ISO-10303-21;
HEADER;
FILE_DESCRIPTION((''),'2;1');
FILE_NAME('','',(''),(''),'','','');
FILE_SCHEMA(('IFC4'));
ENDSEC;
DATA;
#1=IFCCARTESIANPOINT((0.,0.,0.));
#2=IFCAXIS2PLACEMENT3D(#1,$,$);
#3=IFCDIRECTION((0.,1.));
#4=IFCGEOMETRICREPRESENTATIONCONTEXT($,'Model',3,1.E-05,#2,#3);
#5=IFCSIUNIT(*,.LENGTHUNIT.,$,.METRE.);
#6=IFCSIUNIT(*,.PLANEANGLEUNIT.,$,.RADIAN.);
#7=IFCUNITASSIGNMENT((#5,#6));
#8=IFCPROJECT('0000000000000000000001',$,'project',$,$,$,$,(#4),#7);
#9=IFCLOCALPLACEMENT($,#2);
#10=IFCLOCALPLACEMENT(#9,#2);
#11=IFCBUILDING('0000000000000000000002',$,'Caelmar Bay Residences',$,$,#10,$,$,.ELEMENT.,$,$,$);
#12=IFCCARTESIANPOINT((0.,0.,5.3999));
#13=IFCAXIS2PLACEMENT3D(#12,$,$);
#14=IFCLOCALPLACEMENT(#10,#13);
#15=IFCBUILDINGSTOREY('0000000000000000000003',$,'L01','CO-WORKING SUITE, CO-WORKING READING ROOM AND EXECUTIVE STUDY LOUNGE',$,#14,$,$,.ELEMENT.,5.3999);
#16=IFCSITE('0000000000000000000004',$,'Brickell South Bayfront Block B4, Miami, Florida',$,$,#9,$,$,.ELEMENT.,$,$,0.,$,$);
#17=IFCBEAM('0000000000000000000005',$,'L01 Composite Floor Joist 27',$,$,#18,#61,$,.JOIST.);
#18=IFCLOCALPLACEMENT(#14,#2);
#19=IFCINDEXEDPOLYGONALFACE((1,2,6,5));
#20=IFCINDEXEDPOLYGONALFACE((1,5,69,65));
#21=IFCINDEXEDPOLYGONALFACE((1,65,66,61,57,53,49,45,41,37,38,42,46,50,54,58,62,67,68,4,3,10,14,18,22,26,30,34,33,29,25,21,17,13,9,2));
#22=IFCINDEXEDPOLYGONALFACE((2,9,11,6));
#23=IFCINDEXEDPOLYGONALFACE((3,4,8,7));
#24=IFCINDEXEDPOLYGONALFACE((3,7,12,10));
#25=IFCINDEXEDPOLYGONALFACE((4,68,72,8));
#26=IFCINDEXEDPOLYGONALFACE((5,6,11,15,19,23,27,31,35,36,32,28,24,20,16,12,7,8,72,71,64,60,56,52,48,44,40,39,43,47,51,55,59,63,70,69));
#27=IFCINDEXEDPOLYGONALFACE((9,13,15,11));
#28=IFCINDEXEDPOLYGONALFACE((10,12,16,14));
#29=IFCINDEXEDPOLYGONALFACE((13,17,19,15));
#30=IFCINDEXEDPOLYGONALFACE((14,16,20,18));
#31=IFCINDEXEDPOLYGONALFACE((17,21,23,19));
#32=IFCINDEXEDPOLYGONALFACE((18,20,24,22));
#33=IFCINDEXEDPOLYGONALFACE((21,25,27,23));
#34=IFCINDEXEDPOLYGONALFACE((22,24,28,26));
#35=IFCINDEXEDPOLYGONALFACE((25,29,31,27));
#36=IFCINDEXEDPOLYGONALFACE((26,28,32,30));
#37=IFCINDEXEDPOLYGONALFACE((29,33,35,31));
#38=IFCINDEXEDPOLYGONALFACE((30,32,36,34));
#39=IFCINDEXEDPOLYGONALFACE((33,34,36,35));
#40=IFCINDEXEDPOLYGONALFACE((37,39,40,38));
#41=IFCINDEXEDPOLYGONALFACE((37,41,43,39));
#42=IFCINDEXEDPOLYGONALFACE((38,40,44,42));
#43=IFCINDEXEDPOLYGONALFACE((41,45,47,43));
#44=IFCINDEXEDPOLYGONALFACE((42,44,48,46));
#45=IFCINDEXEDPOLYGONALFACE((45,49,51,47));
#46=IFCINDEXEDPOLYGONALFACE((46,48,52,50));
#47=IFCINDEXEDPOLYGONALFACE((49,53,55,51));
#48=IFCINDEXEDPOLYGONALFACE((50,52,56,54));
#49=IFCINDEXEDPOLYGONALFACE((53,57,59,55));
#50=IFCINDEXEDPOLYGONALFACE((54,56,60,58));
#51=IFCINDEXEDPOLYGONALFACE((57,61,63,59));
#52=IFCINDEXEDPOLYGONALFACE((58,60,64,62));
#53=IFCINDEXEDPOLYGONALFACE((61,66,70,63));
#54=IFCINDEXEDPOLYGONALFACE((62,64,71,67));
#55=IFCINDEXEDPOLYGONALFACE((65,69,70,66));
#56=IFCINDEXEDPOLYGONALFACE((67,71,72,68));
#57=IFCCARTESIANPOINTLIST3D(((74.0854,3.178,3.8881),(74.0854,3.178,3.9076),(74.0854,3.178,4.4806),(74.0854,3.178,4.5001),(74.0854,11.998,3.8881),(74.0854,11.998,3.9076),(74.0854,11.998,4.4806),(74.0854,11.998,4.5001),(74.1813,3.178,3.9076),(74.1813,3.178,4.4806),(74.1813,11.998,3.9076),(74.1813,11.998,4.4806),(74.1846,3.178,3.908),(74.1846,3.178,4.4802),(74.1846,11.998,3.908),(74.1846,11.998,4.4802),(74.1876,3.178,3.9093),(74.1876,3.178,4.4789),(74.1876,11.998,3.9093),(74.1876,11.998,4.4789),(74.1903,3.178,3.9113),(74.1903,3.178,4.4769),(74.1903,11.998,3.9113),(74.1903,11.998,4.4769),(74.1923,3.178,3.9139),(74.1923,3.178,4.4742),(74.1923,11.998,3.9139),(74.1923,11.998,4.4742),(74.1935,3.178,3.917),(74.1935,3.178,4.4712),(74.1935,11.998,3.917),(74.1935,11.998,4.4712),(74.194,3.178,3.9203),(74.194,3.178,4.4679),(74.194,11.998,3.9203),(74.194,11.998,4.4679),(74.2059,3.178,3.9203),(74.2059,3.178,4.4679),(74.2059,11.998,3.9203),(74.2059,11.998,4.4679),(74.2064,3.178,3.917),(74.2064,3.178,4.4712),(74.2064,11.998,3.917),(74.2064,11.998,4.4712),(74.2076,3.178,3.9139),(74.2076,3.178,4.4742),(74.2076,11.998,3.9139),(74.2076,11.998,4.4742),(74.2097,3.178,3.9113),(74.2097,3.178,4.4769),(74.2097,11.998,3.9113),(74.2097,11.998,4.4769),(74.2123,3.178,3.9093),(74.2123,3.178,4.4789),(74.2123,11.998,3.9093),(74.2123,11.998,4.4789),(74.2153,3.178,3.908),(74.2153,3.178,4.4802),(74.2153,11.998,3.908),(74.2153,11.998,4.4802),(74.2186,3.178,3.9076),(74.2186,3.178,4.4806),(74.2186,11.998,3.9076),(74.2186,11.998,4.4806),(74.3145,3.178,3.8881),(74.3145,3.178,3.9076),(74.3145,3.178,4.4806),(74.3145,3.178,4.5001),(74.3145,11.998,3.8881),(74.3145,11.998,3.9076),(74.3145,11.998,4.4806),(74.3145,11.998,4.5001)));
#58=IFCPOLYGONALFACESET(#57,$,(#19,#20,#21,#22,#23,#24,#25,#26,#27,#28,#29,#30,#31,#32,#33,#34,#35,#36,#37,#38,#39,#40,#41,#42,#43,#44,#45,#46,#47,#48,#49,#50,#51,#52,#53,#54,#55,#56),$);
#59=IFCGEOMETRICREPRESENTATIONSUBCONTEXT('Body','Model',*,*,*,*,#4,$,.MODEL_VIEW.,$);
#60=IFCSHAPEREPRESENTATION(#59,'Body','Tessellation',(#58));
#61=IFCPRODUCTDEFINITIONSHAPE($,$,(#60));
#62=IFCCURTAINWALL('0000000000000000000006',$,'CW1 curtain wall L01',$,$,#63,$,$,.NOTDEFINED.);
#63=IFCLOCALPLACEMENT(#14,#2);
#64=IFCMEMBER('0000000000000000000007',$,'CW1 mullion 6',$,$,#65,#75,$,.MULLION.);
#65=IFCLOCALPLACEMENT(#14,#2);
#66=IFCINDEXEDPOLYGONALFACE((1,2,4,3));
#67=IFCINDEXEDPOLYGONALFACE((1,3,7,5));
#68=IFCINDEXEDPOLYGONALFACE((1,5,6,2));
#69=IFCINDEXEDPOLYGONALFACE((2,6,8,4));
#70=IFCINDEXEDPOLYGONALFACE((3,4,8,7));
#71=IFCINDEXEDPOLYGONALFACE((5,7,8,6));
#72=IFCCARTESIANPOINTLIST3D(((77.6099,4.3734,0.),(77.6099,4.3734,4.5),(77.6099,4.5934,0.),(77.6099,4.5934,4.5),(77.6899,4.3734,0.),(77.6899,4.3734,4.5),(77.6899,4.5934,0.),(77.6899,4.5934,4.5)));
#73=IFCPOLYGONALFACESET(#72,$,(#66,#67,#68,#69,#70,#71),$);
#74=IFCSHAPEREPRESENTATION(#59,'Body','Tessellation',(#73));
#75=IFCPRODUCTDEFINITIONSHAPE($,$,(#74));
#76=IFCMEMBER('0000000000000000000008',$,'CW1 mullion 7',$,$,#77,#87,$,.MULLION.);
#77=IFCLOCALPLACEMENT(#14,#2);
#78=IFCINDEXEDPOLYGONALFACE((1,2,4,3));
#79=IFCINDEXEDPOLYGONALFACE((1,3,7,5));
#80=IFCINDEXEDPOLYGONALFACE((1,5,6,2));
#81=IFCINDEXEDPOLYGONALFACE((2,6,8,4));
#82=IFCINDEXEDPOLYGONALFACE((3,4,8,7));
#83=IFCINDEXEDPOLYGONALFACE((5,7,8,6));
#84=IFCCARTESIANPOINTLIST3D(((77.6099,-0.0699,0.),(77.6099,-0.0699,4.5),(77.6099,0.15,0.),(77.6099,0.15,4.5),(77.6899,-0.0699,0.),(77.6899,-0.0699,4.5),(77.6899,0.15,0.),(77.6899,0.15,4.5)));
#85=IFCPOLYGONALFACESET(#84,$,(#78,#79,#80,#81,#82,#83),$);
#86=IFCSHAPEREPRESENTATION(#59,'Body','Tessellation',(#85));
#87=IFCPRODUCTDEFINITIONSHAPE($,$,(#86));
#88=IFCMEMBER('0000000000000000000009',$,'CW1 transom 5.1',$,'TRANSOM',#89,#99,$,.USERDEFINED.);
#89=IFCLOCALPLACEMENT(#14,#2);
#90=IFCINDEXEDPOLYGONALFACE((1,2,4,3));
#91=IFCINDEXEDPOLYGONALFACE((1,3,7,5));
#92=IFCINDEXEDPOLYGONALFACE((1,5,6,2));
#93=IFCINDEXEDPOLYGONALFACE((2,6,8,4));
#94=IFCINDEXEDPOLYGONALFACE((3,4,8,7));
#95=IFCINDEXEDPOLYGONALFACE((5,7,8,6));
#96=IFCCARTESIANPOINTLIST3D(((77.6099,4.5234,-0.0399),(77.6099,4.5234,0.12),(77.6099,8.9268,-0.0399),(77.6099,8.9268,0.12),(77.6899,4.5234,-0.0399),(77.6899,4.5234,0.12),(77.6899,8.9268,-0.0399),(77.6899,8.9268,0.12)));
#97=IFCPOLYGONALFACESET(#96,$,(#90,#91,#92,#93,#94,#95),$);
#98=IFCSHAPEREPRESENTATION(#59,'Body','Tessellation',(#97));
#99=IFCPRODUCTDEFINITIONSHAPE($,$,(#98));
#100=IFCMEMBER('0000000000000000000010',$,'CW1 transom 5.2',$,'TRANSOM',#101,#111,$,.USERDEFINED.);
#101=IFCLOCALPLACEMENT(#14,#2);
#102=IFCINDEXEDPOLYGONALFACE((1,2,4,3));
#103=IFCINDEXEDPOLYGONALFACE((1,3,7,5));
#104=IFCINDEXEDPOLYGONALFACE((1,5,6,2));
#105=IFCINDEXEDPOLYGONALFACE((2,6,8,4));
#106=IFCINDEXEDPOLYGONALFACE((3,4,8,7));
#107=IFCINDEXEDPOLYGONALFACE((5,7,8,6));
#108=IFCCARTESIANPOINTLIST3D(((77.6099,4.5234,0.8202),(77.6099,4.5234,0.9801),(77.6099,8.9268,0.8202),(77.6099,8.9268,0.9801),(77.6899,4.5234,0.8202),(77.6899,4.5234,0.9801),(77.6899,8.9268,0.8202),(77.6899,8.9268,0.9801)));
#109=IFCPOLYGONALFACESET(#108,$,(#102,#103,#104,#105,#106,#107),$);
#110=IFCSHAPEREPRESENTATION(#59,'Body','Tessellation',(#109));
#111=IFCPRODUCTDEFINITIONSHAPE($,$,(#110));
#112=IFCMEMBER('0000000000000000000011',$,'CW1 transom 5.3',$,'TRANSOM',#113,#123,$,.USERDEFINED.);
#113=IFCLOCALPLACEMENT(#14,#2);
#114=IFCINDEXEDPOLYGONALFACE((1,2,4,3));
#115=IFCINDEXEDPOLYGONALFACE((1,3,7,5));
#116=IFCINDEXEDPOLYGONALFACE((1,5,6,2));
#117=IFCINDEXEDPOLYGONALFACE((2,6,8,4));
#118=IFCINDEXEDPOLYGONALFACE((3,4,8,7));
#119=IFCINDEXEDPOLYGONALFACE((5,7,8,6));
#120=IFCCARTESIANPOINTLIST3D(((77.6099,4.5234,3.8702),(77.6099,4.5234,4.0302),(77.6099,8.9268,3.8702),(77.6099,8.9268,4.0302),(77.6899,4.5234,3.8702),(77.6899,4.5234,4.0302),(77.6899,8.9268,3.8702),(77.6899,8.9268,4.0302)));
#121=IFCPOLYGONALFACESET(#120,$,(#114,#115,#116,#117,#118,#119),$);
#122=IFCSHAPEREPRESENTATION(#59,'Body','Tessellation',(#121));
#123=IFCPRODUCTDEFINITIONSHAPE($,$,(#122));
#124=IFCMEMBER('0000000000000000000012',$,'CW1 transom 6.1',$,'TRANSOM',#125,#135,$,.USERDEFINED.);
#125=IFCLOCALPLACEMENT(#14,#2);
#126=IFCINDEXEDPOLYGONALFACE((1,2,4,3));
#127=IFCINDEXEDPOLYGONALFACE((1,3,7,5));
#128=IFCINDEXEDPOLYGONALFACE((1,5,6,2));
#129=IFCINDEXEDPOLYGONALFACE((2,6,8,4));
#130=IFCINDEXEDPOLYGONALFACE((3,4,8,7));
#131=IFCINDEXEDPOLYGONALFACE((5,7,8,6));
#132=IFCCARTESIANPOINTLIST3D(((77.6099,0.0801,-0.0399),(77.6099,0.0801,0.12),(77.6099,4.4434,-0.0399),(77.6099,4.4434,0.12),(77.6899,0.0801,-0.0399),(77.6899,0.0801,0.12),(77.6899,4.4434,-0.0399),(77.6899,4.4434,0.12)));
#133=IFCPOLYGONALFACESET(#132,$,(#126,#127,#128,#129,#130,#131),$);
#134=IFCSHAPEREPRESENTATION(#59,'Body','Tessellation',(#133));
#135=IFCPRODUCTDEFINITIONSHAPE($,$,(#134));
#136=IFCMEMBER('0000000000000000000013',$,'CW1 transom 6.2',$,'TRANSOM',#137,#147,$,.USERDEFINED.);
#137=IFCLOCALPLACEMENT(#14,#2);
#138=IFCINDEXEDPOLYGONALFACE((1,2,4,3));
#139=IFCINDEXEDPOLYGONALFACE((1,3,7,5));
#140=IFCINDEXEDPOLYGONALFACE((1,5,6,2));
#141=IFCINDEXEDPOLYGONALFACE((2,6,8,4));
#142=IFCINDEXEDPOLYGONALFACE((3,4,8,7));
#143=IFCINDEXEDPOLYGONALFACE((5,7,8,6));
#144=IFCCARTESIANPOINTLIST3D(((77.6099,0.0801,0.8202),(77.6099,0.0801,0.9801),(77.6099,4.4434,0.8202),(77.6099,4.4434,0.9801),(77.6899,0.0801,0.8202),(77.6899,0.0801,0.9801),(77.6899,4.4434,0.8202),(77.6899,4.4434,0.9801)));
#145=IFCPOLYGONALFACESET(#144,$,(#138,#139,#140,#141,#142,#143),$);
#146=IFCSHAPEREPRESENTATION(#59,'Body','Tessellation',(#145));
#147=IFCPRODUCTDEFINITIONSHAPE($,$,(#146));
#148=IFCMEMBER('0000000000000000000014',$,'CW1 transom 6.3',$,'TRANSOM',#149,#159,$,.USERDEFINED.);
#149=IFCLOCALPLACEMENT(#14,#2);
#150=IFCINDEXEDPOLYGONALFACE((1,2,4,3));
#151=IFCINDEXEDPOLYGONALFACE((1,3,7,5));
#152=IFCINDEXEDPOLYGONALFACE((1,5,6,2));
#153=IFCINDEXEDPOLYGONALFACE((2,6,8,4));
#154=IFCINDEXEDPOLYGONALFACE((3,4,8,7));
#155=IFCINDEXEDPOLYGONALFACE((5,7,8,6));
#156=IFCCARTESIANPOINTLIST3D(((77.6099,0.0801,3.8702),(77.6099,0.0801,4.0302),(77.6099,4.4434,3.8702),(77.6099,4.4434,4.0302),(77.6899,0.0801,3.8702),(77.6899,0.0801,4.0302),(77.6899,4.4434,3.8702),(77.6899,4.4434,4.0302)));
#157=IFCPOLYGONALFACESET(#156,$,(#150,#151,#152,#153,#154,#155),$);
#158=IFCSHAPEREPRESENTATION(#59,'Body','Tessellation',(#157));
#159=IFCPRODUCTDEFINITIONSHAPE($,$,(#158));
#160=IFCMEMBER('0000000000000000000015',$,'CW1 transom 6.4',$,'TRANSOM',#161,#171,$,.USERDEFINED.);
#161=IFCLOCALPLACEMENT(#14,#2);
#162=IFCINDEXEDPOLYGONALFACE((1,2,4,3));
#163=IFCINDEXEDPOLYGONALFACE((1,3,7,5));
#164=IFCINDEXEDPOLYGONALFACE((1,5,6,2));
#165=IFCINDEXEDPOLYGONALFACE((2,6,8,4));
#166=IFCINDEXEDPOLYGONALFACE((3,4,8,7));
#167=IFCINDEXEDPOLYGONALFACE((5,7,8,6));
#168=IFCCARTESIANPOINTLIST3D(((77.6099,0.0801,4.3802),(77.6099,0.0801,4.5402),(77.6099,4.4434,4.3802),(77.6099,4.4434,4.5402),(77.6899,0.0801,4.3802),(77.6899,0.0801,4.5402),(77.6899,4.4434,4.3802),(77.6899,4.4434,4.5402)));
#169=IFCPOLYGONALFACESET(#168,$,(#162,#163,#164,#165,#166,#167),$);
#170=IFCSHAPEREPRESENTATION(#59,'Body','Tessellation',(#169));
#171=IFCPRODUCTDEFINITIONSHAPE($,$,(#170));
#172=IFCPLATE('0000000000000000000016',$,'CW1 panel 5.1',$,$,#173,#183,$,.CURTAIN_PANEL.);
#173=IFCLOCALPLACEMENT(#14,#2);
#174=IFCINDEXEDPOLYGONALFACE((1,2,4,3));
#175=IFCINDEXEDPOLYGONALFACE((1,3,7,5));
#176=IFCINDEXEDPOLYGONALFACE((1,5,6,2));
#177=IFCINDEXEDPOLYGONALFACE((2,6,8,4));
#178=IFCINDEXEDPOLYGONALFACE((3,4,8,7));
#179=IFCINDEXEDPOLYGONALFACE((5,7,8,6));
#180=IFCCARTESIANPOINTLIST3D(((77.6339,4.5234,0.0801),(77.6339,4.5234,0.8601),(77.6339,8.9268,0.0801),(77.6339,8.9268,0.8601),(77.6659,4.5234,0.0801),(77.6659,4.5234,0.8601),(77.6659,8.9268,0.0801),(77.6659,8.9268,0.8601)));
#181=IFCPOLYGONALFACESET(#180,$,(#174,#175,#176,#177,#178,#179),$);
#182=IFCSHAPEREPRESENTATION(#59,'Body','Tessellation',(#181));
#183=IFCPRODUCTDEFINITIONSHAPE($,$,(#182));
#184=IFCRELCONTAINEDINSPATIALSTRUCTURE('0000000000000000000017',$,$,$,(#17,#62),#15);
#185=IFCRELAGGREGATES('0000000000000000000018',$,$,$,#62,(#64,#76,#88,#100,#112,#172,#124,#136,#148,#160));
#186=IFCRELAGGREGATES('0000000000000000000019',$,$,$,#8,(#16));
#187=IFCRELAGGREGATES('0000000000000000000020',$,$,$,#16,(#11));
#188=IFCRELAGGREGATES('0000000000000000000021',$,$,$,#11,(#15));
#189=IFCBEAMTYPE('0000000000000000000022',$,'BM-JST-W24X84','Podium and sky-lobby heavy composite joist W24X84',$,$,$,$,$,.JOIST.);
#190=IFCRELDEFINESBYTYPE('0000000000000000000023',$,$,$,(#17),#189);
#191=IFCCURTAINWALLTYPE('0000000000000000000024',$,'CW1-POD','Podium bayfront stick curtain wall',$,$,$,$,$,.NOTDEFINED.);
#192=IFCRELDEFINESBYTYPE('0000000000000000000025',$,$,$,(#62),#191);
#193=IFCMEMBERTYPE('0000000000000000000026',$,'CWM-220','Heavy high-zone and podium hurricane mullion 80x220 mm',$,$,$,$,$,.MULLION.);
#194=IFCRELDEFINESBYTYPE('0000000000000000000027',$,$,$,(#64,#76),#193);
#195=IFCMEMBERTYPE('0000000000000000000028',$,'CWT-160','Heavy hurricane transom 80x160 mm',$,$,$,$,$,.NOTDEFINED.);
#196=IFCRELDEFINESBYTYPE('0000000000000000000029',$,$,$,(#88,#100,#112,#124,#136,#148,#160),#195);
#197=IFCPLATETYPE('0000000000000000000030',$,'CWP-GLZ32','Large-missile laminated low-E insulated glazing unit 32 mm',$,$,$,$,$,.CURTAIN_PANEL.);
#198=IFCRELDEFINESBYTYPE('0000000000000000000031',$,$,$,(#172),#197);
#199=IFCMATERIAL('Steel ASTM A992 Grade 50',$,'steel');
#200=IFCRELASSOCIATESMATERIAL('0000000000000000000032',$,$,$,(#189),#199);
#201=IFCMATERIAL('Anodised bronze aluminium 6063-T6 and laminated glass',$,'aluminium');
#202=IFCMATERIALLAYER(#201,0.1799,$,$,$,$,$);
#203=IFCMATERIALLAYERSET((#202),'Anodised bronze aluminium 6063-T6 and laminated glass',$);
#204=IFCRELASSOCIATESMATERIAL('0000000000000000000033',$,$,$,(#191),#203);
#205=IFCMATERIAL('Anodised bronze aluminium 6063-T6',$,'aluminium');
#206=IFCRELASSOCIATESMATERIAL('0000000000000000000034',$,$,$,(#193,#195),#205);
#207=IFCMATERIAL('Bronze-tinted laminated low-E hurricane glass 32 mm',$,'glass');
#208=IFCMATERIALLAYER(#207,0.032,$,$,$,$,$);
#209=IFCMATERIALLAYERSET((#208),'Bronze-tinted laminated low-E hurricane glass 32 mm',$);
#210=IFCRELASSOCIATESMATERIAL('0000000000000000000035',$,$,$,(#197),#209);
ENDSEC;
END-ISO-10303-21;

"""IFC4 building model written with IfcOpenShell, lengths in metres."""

from ifc_helpers import new_model, si_unit, direction, frame, origin, origin_2d, place, context, subcontext, project, spatial, rectangle, i_section, extrude, material, layer, layer_set, material_profile, profile_set, type_object, element, aggregate, save


model = new_model("IFC4")

# Units and contexts
model_context = context("Model", 3, precision=1e-05, world=origin(), true_north=direction((0.0, 1.0)))
body_context = subcontext(model_context, "Body", "Model", "MODEL_VIEW")
ifc_project = project(units=[si_unit("LENGTHUNIT", "METRE"), si_unit("PLANEANGLEUNIT", "RADIAN")], contexts=[model_context])

# Site, building, storey
site_placement = place(None, origin())
site = spatial("IfcSite", under=ifc_project, at=site_placement, Name="Brickell South Bayfront Block B4, Miami, Florida", CompositionType="ELEMENT", RefElevation=0.0)
building_placement = place(site_placement, origin())
building = spatial("IfcBuilding", under=site, at=building_placement, Name="Caelmar Bay Residences", CompositionType="ELEMENT")
storey_placement = place(building_placement, frame((0.0, 0.0, 5.3999)))
storey = spatial("IfcBuildingStorey", under=building, at=storey_placement, Name="L01", Description="CO-WORKING SUITE, CO-WORKING READING ROOM AND EXECUTIVE STUDY LOUNGE", CompositionType="ELEMENT", Elevation=5.3999)

# Beam
ifc_material_1 = material(Name="Steel ASTM A992 Grade 50", Category="steel")
ifc_material_profile_1 = material_profile(ifc_material_1, i_section(OverallWidth=0.229, OverallDepth=0.6121, WebThickness=0.012, FlangeThickness=0.0195, FilletRadius=0.0127, at=origin_2d()), Name="W24X84")
ifc_profile_set_1 = profile_set([ifc_material_profile_1], Name="Steel ASTM A992 Grade 50")
beam_type_1 = type_object("IfcBeamType", Name="BM-JST-W24X84", Description="Podium and sky-lobby heavy composite joist W24X84", PredefinedType="JOIST", material=ifc_profile_set_1)
for number, where, z_axis, x_axis, name in (
    (1, (74.2, 3.178, 4.1941), (0.0, 1.0, 0.0), (-1.0, 0.0, 0.0), "L01 Composite Floor Joist 27"),
):
    element("IfcBeam", number, at=place(storey_placement, frame(where, z_axis=z_axis, x_axis=x_axis)), inside=storey, type_object=beam_type_1, Name=name, PredefinedType="JOIST", context=body_context, shape_type="SweptSolid", body=[
        extrude(i_section(OverallWidth=0.229, OverallDepth=0.6121, WebThickness=0.012, FlangeThickness=0.0195, FilletRadius=0.0127, at=origin_2d()), origin(), (0.0, 0.0, 1.0), 8.8201),
    ])

# Curtain wall, members, plate
ifc_material_2 = material(Name="Anodised bronze aluminium 6063-T6 and laminated glass", Category="aluminium")
ifc_layer_1 = layer(ifc_material_2, 0.1799)
ifc_layer_set_1 = layer_set([ifc_layer_1], Name="Anodised bronze aluminium 6063-T6 and laminated glass")
curtain_wall_type = type_object("IfcCurtainWallType", Name="CW1-POD", Description="Podium bayfront stick curtain wall", PredefinedType="NOTDEFINED", material=ifc_layer_set_1)
curtain_wall_placement = place(storey_placement, origin())
curtain_wall = element("IfcCurtainWall", 2, at=curtain_wall_placement, inside=storey, type_object=curtain_wall_type, Name="CW1 curtain wall L01", PredefinedType="NOTDEFINED")
ifc_material_3 = material(Name="Anodised bronze aluminium 6063-T6", Category="aluminium")
ifc_material_profile_2 = material_profile(ifc_material_3, rectangle(XDim=0.0801, YDim=0.22, at=origin_2d()), Name="CWM-80X220")
ifc_profile_set_2 = profile_set([ifc_material_profile_2], Name="Anodised bronze aluminium 6063-T6")
member_type_1 = type_object("IfcMemberType", Name="CWM-220", Description="Heavy high-zone and podium hurricane mullion 80x220 mm", PredefinedType="MULLION", material=ifc_profile_set_2)
member_1_placement = place(storey_placement, frame((77.6499, 4.4834, 0.0), z_axis=(0.0, 0.0, 1.0), x_axis=(1.0, 0.0, 0.0)))
member_1 = element("IfcMember", 3, at=member_1_placement, type_object=member_type_1, Name="CW1 mullion 6", PredefinedType="MULLION", context=body_context, shape_type="SweptSolid", body=[
    extrude(rectangle(XDim=0.0801, YDim=0.22, at=origin_2d()), origin(), (0.0, 0.0, 1.0), 4.5),
])
member_2_placement = place(storey_placement, frame((77.6499, 0.04, 0.0), z_axis=(0.0, 0.0, 1.0), x_axis=(1.0, 0.0, 0.0)))
member_2 = element("IfcMember", 4, at=member_2_placement, type_object=member_type_1, Name="CW1 mullion 7", PredefinedType="MULLION", context=body_context, shape_type="SweptSolid", body=[
    extrude(rectangle(XDim=0.0801, YDim=0.22, at=origin_2d()), origin(), (0.0, 0.0, 1.0), 4.5),
])
ifc_material_profile_3 = material_profile(ifc_material_3, rectangle(XDim=0.0801, YDim=0.1599, at=origin_2d()), Name="CWT-80X160")
ifc_profile_set_3 = profile_set([ifc_material_profile_3], Name="Anodised bronze aluminium 6063-T6")
member_type_2 = type_object("IfcMemberType", Name="CWT-160", Description="Heavy hurricane transom 80x160 mm", PredefinedType="NOTDEFINED", material=ifc_profile_set_3)
member_3_placement = place(storey_placement, frame((77.6499, 8.9268, 0.04), z_axis=(0.0, -1.0, 0.0), x_axis=(1.0, 0.0, 0.0)))
member_3 = element("IfcMember", 5, at=member_3_placement, type_object=member_type_2, Name="CW1 transom 5.1", ObjectType="TRANSOM", PredefinedType="USERDEFINED", context=body_context, shape_type="SweptSolid", body=[
    extrude(rectangle(XDim=0.0801, YDim=0.1599, at=origin_2d()), origin(), (0.0, 0.0, 1.0), 4.4033),
])
member_4_placement = place(storey_placement, frame((77.6499, 8.9268, 0.9001), z_axis=(0.0, -1.0, 0.0), x_axis=(1.0, 0.0, 0.0)))
member_4 = element("IfcMember", 6, at=member_4_placement, type_object=member_type_2, Name="CW1 transom 5.2", ObjectType="TRANSOM", PredefinedType="USERDEFINED", context=body_context, shape_type="SweptSolid", body=[
    extrude(rectangle(XDim=0.0801, YDim=0.1599, at=origin_2d()), origin(), (0.0, 0.0, 1.0), 4.4033),
])
member_5_placement = place(storey_placement, frame((77.6499, 8.9268, 3.9502), z_axis=(0.0, -1.0, 0.0), x_axis=(1.0, 0.0, 0.0)))
member_5 = element("IfcMember", 7, at=member_5_placement, type_object=member_type_2, Name="CW1 transom 5.3", ObjectType="TRANSOM", PredefinedType="USERDEFINED", context=body_context, shape_type="SweptSolid", body=[
    extrude(rectangle(XDim=0.0801, YDim=0.1599, at=origin_2d()), origin(), (0.0, 0.0, 1.0), 4.4033),
])
member_6_placement = place(storey_placement, frame((77.6499, 4.4434, 0.04), z_axis=(0.0, -1.0, 0.0), x_axis=(1.0, 0.0, 0.0)))
member_6 = element("IfcMember", 8, at=member_6_placement, type_object=member_type_2, Name="CW1 transom 6.1", ObjectType="TRANSOM", PredefinedType="USERDEFINED", context=body_context, shape_type="SweptSolid", body=[
    extrude(rectangle(XDim=0.0801, YDim=0.1599, at=origin_2d()), origin(), (0.0, 0.0, 1.0), 4.3633),
])
member_7_placement = place(storey_placement, frame((77.6499, 4.4434, 0.9001), z_axis=(0.0, -1.0, 0.0), x_axis=(1.0, 0.0, 0.0)))
member_7 = element("IfcMember", 9, at=member_7_placement, type_object=member_type_2, Name="CW1 transom 6.2", ObjectType="TRANSOM", PredefinedType="USERDEFINED", context=body_context, shape_type="SweptSolid", body=[
    extrude(rectangle(XDim=0.0801, YDim=0.1599, at=origin_2d()), origin(), (0.0, 0.0, 1.0), 4.3633),
])
member_8_placement = place(storey_placement, frame((77.6499, 4.4434, 3.9502), z_axis=(0.0, -1.0, 0.0), x_axis=(1.0, 0.0, 0.0)))
member_8 = element("IfcMember", 10, at=member_8_placement, type_object=member_type_2, Name="CW1 transom 6.3", ObjectType="TRANSOM", PredefinedType="USERDEFINED", context=body_context, shape_type="SweptSolid", body=[
    extrude(rectangle(XDim=0.0801, YDim=0.1599, at=origin_2d()), origin(), (0.0, 0.0, 1.0), 4.3633),
])
member_9_placement = place(storey_placement, frame((77.6499, 4.4434, 4.4602), z_axis=(0.0, -1.0, 0.0), x_axis=(1.0, 0.0, 0.0)))
member_9 = element("IfcMember", 11, at=member_9_placement, type_object=member_type_2, Name="CW1 transom 6.4", ObjectType="TRANSOM", PredefinedType="USERDEFINED", context=body_context, shape_type="SweptSolid", body=[
    extrude(rectangle(XDim=0.0801, YDim=0.1599, at=origin_2d()), origin(), (0.0, 0.0, 1.0), 4.3633),
])
ifc_material_4 = material(Name="Bronze-tinted laminated low-E hurricane glass 32 mm", Category="glass")
ifc_layer_2 = layer(ifc_material_4, 0.032)
ifc_layer_set_2 = layer_set([ifc_layer_2], Name="Bronze-tinted laminated low-E hurricane glass 32 mm")
plate_type = type_object("IfcPlateType", Name="CWP-GLZ32", Description="Large-missile laminated low-E insulated glazing unit 32 mm", PredefinedType="CURTAIN_PANEL", material=ifc_layer_set_2)
plate_1_placement = place(storey_placement, frame((77.6499, 6.7251, 0.0801), z_axis=(0.0, 0.0, 1.0), x_axis=(0.0, -1.0, 0.0)))
plate_1 = element("IfcPlate", 12, at=plate_1_placement, type_object=plate_type, Name="CW1 panel 5.1", PredefinedType="CURTAIN_PANEL", context=body_context, shape_type="SweptSolid", body=[
    extrude(rectangle(XDim=4.4033, YDim=0.032, at=origin_2d()), origin(), (0.0, 0.0, 1.0), 0.78),
])
aggregate(curtain_wall, [member_1, member_2, member_3, member_4, member_5, plate_1, member_6, member_7, member_8, member_9])

save(model, "model.ifc")
